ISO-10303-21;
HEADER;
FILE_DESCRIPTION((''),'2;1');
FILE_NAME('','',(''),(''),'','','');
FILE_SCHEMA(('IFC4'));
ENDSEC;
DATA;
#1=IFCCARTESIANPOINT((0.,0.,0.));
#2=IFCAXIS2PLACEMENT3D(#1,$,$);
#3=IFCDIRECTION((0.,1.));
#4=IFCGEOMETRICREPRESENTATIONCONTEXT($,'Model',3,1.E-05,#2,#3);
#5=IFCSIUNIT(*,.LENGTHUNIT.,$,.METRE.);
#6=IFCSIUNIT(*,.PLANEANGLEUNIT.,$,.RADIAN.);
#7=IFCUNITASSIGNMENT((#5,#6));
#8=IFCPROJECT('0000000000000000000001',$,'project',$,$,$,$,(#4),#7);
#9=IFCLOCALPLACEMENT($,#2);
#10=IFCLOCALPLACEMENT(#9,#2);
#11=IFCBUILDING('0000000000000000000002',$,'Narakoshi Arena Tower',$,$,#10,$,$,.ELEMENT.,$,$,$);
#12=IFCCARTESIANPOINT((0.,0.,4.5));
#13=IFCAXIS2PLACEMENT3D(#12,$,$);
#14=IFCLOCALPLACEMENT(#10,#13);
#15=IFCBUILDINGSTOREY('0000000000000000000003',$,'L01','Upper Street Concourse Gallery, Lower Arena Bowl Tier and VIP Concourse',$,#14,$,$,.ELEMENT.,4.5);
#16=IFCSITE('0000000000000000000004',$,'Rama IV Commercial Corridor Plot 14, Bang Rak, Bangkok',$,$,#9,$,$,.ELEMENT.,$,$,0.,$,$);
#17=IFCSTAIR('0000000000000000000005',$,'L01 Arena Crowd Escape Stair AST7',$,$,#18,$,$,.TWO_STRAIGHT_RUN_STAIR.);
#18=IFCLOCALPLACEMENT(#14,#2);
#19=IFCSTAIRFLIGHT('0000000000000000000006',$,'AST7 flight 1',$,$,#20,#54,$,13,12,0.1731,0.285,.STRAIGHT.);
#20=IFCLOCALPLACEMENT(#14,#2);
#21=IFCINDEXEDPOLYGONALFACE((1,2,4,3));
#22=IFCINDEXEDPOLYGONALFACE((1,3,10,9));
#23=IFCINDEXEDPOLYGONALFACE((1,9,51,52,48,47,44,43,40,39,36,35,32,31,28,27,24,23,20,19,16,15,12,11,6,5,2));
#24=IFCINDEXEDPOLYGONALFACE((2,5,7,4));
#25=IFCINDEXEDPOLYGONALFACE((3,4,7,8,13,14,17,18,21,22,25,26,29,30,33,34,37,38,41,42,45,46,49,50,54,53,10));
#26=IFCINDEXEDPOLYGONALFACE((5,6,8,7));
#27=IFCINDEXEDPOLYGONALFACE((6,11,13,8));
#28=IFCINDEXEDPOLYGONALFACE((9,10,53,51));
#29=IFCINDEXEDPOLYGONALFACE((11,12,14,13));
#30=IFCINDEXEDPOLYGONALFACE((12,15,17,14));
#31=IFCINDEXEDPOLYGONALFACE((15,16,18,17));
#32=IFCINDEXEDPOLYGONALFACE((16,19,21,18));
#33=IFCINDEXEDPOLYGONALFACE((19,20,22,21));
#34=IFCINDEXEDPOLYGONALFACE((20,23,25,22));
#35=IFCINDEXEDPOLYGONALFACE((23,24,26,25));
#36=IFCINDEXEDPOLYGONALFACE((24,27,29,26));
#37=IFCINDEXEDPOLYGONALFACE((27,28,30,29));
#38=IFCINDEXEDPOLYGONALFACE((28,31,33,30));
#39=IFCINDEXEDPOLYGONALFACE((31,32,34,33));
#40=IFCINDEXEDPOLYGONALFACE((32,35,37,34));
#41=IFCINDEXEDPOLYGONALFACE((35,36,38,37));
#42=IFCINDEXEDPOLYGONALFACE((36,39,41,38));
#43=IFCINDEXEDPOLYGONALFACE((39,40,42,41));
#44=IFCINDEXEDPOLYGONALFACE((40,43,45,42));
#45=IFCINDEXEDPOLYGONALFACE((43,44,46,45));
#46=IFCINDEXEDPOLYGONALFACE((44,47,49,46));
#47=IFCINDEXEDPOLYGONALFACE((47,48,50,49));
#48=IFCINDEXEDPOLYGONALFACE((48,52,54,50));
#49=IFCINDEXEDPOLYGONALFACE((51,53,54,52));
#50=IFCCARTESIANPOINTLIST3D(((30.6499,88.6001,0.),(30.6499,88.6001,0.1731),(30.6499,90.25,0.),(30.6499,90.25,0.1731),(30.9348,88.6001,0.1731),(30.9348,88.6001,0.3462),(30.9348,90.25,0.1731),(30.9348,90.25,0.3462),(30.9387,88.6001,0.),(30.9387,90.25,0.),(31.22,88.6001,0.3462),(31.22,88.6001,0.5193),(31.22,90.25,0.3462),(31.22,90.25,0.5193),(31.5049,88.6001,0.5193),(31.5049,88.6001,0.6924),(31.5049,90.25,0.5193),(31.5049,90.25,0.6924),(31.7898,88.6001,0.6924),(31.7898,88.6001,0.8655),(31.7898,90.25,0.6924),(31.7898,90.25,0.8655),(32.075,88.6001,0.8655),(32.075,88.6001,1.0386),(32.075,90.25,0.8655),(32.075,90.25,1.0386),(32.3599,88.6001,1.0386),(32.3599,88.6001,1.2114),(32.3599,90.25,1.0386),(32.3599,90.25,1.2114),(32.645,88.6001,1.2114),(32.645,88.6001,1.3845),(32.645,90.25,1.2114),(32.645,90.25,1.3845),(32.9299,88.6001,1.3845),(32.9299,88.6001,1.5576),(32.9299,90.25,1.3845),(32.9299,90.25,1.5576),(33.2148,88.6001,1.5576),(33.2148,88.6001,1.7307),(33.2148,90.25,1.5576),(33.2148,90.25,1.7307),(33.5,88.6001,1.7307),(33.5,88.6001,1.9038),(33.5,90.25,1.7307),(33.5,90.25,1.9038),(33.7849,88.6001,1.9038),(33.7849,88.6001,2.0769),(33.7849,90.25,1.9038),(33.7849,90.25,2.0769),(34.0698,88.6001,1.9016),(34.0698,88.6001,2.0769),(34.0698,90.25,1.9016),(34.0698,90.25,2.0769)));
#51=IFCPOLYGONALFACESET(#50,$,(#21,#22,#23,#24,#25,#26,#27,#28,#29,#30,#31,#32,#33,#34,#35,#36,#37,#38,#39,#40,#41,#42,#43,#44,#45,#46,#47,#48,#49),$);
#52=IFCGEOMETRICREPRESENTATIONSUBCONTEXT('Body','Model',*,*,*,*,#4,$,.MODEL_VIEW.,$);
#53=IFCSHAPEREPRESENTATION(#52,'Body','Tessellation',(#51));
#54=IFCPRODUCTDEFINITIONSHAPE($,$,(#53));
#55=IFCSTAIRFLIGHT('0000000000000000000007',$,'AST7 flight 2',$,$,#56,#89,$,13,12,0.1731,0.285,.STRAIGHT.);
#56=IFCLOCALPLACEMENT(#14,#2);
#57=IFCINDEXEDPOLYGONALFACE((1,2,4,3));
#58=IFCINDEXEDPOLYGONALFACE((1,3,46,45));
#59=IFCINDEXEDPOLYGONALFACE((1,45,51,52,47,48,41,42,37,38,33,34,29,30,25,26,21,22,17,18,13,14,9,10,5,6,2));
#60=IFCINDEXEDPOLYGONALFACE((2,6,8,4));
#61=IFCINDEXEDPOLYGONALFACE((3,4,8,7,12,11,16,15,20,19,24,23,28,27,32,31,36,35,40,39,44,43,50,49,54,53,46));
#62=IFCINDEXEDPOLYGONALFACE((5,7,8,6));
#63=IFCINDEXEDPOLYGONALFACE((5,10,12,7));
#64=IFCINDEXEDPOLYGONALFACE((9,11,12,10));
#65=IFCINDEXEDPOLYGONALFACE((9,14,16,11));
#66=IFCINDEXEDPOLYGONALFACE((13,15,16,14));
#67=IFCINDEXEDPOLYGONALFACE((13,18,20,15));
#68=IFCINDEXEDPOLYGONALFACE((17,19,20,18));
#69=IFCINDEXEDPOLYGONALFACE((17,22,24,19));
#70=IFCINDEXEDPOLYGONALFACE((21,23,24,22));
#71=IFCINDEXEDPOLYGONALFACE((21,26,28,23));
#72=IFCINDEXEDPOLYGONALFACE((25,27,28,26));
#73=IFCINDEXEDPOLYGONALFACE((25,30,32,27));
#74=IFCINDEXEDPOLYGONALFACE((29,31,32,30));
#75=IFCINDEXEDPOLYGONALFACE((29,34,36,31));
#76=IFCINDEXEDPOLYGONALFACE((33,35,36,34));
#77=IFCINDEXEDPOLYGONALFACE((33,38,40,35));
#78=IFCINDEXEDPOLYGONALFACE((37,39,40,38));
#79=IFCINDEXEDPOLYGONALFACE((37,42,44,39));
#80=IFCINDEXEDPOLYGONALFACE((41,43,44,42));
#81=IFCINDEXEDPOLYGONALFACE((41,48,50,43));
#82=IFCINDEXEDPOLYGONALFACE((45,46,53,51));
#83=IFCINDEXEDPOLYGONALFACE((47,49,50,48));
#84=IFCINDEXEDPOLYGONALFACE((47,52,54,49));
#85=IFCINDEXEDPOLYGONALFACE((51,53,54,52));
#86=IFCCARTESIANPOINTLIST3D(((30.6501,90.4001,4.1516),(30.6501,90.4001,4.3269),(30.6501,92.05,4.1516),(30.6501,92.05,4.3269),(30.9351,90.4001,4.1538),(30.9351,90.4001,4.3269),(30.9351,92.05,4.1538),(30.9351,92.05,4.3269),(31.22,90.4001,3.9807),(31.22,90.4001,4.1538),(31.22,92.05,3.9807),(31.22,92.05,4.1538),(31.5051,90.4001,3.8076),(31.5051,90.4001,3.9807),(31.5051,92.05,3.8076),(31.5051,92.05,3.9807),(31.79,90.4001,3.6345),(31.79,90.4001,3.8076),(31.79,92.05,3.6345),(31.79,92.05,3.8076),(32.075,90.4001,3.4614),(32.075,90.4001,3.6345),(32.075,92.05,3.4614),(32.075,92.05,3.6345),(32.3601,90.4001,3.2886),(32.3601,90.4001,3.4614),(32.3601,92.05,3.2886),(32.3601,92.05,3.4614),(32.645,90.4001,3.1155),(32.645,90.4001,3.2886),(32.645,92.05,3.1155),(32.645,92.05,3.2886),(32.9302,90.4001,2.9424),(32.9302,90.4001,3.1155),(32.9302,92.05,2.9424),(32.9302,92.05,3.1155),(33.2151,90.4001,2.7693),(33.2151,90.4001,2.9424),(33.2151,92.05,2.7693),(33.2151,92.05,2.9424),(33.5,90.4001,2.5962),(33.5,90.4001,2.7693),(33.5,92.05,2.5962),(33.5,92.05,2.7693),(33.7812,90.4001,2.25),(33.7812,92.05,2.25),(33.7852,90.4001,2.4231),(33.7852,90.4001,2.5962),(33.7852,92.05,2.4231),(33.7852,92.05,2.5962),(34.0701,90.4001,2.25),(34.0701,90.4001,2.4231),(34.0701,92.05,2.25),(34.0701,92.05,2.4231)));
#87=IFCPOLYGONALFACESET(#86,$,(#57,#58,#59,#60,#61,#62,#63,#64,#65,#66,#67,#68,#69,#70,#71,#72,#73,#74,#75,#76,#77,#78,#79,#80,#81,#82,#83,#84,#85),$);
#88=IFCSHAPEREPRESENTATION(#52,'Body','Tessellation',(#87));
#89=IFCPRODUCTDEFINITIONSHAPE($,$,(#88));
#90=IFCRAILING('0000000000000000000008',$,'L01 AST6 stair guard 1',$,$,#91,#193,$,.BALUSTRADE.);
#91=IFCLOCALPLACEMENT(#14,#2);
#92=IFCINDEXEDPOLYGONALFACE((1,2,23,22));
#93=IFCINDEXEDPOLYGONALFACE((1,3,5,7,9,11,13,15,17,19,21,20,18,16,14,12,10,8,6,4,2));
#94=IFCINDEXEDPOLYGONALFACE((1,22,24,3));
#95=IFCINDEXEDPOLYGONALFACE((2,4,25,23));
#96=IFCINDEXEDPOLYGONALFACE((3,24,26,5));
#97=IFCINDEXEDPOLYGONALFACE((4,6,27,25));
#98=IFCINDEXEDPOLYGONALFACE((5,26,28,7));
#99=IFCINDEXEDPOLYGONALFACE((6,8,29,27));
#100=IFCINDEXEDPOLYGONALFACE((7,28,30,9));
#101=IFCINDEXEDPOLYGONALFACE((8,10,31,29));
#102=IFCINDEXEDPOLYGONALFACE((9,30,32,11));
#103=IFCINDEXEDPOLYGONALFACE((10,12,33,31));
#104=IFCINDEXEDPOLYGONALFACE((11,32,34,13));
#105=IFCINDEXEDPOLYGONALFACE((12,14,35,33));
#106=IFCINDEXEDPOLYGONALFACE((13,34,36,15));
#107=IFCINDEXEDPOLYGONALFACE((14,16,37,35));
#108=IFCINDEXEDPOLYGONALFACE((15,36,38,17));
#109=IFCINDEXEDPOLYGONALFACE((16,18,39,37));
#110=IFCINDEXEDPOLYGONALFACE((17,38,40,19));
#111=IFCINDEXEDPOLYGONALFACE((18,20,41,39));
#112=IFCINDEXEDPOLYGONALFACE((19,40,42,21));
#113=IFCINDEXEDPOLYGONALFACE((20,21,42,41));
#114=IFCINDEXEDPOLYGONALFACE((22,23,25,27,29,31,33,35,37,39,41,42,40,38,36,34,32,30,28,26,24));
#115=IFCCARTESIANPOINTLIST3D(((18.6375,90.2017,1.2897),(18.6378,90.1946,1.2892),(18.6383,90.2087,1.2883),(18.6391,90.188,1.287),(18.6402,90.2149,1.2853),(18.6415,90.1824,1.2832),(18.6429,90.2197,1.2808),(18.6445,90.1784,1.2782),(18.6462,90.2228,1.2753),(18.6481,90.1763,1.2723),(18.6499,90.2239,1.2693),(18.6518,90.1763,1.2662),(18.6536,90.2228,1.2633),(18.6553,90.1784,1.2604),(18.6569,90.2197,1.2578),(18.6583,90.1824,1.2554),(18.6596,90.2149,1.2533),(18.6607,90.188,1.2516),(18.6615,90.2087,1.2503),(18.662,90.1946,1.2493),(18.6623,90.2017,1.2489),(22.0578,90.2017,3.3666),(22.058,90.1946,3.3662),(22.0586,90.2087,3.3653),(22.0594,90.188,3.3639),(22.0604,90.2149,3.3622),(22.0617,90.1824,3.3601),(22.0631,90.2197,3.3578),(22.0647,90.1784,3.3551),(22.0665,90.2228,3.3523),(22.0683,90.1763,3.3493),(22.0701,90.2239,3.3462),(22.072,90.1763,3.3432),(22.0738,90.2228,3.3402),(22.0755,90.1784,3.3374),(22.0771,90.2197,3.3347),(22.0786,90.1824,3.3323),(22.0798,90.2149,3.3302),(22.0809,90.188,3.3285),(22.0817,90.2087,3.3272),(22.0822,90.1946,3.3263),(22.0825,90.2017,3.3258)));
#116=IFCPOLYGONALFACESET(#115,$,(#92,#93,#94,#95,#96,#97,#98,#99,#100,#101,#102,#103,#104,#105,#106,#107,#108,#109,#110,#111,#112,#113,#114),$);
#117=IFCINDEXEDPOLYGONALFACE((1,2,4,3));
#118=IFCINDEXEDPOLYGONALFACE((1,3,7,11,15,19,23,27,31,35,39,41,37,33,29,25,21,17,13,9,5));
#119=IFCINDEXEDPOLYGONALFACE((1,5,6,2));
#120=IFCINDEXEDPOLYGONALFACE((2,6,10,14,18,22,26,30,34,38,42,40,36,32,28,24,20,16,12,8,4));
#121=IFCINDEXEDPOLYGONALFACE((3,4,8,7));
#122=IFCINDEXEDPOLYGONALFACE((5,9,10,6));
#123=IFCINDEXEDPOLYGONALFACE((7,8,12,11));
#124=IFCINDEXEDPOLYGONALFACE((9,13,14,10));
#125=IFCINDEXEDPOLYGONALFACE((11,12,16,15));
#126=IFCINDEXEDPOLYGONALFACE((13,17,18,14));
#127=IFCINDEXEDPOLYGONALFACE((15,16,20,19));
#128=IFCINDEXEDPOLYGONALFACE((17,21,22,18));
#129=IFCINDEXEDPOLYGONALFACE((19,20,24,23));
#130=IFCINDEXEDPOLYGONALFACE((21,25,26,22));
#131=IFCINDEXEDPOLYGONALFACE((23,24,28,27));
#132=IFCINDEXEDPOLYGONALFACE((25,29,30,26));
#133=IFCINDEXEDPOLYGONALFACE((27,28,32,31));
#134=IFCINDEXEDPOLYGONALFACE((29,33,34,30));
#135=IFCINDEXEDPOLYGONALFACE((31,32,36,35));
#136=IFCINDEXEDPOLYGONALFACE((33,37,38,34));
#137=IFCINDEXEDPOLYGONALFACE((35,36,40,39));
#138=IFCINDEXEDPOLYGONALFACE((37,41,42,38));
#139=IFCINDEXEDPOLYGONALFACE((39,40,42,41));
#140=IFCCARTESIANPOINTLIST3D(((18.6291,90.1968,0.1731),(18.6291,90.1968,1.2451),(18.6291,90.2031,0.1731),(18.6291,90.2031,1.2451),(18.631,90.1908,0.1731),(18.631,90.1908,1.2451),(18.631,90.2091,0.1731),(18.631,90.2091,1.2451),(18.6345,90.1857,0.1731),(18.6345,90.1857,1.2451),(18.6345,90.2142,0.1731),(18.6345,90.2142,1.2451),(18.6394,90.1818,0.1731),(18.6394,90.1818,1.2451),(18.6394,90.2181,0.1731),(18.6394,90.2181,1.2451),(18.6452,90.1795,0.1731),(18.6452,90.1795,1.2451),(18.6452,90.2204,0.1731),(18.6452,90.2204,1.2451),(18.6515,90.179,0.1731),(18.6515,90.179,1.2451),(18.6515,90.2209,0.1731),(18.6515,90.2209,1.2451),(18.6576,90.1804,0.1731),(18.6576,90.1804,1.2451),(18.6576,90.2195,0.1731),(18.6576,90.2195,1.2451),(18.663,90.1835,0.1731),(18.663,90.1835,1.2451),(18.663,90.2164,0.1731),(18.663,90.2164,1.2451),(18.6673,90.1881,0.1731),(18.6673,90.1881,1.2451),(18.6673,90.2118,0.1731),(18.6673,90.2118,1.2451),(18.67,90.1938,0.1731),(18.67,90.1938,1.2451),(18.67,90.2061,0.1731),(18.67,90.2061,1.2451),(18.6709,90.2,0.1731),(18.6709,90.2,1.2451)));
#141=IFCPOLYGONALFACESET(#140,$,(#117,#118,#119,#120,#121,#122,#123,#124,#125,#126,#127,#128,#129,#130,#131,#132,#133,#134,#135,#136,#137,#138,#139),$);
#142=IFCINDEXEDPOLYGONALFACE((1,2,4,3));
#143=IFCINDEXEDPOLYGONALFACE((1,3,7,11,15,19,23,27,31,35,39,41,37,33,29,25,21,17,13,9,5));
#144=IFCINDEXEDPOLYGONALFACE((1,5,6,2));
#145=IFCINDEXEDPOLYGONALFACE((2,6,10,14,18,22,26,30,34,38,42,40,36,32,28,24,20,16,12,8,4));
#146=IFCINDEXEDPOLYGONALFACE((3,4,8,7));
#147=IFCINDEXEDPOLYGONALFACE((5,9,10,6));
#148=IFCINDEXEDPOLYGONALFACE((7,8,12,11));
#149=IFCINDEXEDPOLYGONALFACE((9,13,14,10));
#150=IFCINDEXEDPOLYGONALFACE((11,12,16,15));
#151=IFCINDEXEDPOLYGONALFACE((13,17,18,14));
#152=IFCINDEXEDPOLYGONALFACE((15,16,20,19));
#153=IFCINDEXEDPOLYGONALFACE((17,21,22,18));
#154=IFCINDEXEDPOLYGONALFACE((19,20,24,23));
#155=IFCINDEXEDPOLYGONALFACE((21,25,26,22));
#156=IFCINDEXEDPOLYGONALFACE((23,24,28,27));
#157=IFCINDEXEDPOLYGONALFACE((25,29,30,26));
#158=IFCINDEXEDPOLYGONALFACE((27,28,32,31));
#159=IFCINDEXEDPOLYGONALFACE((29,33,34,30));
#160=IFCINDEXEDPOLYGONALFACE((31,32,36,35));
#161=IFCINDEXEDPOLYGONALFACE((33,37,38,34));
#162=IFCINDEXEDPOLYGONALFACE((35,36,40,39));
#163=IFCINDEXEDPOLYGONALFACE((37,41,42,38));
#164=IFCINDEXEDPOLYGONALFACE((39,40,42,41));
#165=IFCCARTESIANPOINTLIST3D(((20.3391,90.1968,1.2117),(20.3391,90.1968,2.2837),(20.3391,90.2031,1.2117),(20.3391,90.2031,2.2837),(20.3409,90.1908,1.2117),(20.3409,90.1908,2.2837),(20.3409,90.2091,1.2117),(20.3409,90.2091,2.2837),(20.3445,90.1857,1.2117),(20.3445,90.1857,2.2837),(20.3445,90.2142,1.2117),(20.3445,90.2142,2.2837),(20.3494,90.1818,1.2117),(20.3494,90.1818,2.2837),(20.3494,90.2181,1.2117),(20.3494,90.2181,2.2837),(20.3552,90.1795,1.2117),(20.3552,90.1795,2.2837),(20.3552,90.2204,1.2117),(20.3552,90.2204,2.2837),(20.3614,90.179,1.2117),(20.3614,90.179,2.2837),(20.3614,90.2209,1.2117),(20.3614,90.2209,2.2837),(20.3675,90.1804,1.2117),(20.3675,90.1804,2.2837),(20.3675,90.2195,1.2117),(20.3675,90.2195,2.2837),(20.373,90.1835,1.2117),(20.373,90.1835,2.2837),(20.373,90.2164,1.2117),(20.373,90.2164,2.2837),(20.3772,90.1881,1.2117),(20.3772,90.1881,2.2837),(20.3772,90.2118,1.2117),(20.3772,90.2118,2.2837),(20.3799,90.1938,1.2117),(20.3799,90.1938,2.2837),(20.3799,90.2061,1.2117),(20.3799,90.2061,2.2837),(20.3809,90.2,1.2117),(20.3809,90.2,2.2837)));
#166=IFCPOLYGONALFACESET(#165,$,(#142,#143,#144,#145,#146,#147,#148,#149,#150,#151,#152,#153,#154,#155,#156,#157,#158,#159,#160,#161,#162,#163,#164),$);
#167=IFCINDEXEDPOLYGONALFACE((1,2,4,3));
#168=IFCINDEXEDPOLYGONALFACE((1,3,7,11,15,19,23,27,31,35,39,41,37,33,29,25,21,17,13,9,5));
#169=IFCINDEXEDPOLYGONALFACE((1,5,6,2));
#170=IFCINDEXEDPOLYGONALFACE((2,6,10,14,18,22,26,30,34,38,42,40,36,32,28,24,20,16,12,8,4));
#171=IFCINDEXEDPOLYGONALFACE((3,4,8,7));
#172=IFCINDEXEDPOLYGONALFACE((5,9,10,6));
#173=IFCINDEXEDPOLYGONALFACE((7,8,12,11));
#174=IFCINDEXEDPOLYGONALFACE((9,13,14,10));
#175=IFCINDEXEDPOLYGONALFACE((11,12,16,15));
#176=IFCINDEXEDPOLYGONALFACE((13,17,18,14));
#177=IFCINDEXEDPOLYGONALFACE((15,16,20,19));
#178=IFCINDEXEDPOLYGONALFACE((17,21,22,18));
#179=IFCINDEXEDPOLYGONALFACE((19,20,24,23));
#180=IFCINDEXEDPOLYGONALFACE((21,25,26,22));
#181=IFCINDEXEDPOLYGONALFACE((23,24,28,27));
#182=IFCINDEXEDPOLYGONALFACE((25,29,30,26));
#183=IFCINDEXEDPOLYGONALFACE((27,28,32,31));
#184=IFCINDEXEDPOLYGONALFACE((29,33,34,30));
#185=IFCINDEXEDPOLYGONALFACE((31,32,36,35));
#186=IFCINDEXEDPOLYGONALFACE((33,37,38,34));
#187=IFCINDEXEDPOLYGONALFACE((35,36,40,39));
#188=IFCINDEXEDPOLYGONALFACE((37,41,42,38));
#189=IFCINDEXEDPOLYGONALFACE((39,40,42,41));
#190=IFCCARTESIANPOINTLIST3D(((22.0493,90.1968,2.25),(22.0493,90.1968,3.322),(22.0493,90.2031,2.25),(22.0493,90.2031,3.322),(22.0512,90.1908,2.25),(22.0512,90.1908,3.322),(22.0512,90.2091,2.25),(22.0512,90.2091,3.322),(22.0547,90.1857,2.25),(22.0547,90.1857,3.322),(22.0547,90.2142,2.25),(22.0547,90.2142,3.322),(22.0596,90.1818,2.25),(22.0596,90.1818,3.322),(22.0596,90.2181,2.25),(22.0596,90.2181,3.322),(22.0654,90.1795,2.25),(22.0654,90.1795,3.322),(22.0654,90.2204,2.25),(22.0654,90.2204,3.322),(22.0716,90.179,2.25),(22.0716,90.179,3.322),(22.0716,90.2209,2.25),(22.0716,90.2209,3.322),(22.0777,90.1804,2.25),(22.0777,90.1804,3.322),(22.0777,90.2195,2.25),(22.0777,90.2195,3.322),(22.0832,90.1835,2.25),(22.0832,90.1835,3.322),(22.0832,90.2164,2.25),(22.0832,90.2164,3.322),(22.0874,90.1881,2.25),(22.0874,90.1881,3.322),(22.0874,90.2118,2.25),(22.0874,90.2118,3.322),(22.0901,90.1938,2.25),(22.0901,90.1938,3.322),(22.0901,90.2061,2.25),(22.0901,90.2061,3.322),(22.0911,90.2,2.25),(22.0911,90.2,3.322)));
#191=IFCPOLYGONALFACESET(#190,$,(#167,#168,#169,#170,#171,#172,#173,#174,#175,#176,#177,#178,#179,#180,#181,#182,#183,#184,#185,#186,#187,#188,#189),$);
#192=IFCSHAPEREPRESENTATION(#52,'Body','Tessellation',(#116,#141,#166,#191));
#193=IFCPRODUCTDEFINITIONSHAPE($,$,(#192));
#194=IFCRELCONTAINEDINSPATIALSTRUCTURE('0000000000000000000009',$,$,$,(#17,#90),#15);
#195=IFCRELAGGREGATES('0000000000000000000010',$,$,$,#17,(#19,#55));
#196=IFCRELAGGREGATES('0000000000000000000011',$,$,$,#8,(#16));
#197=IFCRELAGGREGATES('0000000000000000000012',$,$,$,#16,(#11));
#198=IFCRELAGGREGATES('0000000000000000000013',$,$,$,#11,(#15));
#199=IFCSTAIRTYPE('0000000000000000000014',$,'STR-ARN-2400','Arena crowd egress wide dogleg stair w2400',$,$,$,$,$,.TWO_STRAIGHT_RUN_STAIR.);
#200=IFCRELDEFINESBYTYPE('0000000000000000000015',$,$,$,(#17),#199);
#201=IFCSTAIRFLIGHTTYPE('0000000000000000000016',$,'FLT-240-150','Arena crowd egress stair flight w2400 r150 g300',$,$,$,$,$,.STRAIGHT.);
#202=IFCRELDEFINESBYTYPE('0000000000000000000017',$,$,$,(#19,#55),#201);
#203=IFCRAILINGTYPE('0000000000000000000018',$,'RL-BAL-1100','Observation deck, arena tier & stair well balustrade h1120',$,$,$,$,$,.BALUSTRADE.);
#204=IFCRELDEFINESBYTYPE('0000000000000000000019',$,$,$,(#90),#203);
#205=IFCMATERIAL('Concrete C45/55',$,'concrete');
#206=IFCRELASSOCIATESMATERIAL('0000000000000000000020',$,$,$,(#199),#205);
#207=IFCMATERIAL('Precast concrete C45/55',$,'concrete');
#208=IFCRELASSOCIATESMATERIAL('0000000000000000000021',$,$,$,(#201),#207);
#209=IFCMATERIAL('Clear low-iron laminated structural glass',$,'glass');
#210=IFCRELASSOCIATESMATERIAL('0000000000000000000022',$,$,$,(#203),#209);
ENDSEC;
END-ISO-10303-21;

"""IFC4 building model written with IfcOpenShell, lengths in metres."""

from ifc_helpers import new_model, si_unit, direction, frame, origin, origin_2d, place, context, subcontext, project, spatial, polyline, circle, outline, extrude, material, type_object, element, aggregate, save


model = new_model("IFC4")

# Units and contexts
model_context = context("Model", 3, precision=1e-05, world=origin(), true_north=direction((0.0, 1.0)))
body_context = subcontext(model_context, "Body", "Model", "MODEL_VIEW")
ifc_project = project(units=[si_unit("LENGTHUNIT", "METRE"), si_unit("PLANEANGLEUNIT", "RADIAN")], contexts=[model_context])

# Site, building, storey
site_placement = place(None, origin())
site = spatial("IfcSite", under=ifc_project, at=site_placement, Name="Rama IV Commercial Corridor Plot 14, Bang Rak, Bangkok", CompositionType="ELEMENT", RefElevation=0.0)
building_placement = place(site_placement, origin())
building = spatial("IfcBuilding", under=site, at=building_placement, Name="Narakoshi Arena Tower", CompositionType="ELEMENT")
storey_placement = place(building_placement, frame((0.0, 0.0, 4.5)))
storey = spatial("IfcBuildingStorey", under=building, at=storey_placement, Name="L01", Description="Upper Street Concourse Gallery, Lower Arena Bowl Tier and VIP Concourse", CompositionType="ELEMENT", Elevation=4.5)

# Stair, stair flights
ifc_material_1 = material(Name="Concrete C45/55", Category="concrete")
stair_type = type_object("IfcStairType", Name="STR-ARN-2400", Description="Arena crowd egress wide dogleg stair w2400", PredefinedType="TWO_STRAIGHT_RUN_STAIR", material=ifc_material_1)
ifc_material_2 = material(Name="Precast concrete C45/55", Category="concrete")
stair_flight_type = type_object("IfcStairFlightType", Name="FLT-240-150", Description="Arena crowd egress stair flight w2400 r150 g300", PredefinedType="STRAIGHT", material=ifc_material_2)
stair_1_placement = place(storey_placement, origin())
stair_1 = element("IfcStair", 1, at=stair_1_placement, inside=storey, type_object=stair_type, Name="L01 Arena Crowd Escape Stair AST7", PredefinedType="TWO_STRAIGHT_RUN_STAIR")
stair_flight_1_placement = place(storey_placement, frame((30.6499, 89.425, 0.0), z_axis=(0.0, 0.0, 1.0), x_axis=(1.0, 0.0, 0.0)))
stair_flight_1 = element("IfcStairFlight", 2, at=stair_flight_1_placement, type_object=stair_flight_type, Name="AST7 flight 1", NumberOfRisers=13, NumberOfTreads=12, PredefinedType="STRAIGHT", RiserHeight=0.1731, TreadLength=0.285, context=body_context, shape_type="SweptSolid", body=[
    extrude(outline(polyline([(0.0, 0.0), (0.0, 0.1731), (0.2849, 0.1731), (0.2849, 0.3462), (0.5701, 0.3462), (0.5701, 0.5193), (0.855, 0.5193), (0.855, 0.6924), (1.1399, 0.6924), (1.1399, 0.8655), (1.425, 0.8655), (1.425, 1.0386), (1.71, 1.0386), (1.71, 1.2114), (1.9951, 1.2114), (1.9951, 1.3845), (2.28, 1.3845), (2.28, 1.5576), (2.5649, 1.5576), (2.5649, 1.7307), (2.8501, 1.7307), (2.8501, 1.9038), (3.135, 1.9038), (3.135, 2.0769), (3.4199, 2.0769), (3.4199, 2.25), (3.4199, 1.9016), (0.2888, 0.0), (0.0, 0.0)])), frame((0.0, 0.825, 0.0), z_axis=(0.0, -1.0, 0.0), x_axis=(1.0, 0.0, 0.0)), (0.0, 0.0, 1.0), 1.6499),
])
stair_flight_2_placement = place(storey_placement, frame((34.0701, 91.2251, 2.25), z_axis=(0.0, 0.0, 1.0), x_axis=(-1.0, 0.0, 0.0)))
stair_flight_2 = element("IfcStairFlight", 3, at=stair_flight_2_placement, type_object=stair_flight_type, Name="AST7 flight 2", NumberOfRisers=13, NumberOfTreads=12, PredefinedType="STRAIGHT", RiserHeight=0.1731, TreadLength=0.285, context=body_context, shape_type="SweptSolid", body=[
    extrude(outline(polyline([(0.0, 0.0), (0.0, 0.1731), (0.2849, 0.1731), (0.2849, 0.3462), (0.5701, 0.3462), (0.5701, 0.5193), (0.855, 0.5193), (0.855, 0.6924), (1.1399, 0.6924), (1.1399, 0.8655), (1.425, 0.8655), (1.425, 1.0386), (1.71, 1.0386), (1.71, 1.2114), (1.9951, 1.2114), (1.9951, 1.3845), (2.28, 1.3845), (2.28, 1.5576), (2.5649, 1.5576), (2.5649, 1.7307), (2.8501, 1.7307), (2.8501, 1.9038), (3.135, 1.9038), (3.135, 2.0769), (3.4199, 2.0769), (3.4199, 2.25), (3.4199, 1.9016), (0.2888, 0.0), (0.0, 0.0)])), frame((0.0, 0.825, 0.0), z_axis=(0.0, -1.0, 0.0), x_axis=(1.0, 0.0, 0.0)), (0.0, 0.0, 1.0), 1.6499),
])
aggregate(stair_1, [stair_flight_1, stair_flight_2])

# Railing
ifc_material_3 = material(Name="Clear low-iron laminated structural glass", Category="glass")
railing_type_1 = type_object("IfcRailingType", Name="RL-BAL-1100", Description="Observation deck, arena tier & stair well balustrade h1120", PredefinedType="BALUSTRADE", material=ifc_material_3)
railing_1_placement = place(storey_placement, frame((18.6499, 90.2, 0.1731)))
element("IfcRailing", 4, at=railing_1_placement, inside=storey, type_object=railing_type_1, Name="L01 AST6 stair guard 1", PredefinedType="BALUSTRADE", context=body_context, shape_type="SweptSolid", body=[
    extrude(circle(Radius=0.0239, at=origin_2d()), frame((0.0, 0.0, 1.0962), z_axis=(0.854746, 0.0, 0.519047), x_axis=(0.0, 1.0, 0.0)), (0.0, 0.0, 1.0), 4.0015),
    extrude(circle(Radius=0.021, at=origin_2d()), origin(), (0.0, 0.0, 1.0), 1.072),
    extrude(circle(Radius=0.021, at=origin_2d()), frame((1.71, 0.0, 1.0386)), (0.0, 0.0, 1.0), 1.072),
    extrude(circle(Radius=0.021, at=origin_2d()), frame((3.4202, 0.0, 2.0769)), (0.0, 0.0, 1.0), 1.072),
])

save(model, "model.ifc")
